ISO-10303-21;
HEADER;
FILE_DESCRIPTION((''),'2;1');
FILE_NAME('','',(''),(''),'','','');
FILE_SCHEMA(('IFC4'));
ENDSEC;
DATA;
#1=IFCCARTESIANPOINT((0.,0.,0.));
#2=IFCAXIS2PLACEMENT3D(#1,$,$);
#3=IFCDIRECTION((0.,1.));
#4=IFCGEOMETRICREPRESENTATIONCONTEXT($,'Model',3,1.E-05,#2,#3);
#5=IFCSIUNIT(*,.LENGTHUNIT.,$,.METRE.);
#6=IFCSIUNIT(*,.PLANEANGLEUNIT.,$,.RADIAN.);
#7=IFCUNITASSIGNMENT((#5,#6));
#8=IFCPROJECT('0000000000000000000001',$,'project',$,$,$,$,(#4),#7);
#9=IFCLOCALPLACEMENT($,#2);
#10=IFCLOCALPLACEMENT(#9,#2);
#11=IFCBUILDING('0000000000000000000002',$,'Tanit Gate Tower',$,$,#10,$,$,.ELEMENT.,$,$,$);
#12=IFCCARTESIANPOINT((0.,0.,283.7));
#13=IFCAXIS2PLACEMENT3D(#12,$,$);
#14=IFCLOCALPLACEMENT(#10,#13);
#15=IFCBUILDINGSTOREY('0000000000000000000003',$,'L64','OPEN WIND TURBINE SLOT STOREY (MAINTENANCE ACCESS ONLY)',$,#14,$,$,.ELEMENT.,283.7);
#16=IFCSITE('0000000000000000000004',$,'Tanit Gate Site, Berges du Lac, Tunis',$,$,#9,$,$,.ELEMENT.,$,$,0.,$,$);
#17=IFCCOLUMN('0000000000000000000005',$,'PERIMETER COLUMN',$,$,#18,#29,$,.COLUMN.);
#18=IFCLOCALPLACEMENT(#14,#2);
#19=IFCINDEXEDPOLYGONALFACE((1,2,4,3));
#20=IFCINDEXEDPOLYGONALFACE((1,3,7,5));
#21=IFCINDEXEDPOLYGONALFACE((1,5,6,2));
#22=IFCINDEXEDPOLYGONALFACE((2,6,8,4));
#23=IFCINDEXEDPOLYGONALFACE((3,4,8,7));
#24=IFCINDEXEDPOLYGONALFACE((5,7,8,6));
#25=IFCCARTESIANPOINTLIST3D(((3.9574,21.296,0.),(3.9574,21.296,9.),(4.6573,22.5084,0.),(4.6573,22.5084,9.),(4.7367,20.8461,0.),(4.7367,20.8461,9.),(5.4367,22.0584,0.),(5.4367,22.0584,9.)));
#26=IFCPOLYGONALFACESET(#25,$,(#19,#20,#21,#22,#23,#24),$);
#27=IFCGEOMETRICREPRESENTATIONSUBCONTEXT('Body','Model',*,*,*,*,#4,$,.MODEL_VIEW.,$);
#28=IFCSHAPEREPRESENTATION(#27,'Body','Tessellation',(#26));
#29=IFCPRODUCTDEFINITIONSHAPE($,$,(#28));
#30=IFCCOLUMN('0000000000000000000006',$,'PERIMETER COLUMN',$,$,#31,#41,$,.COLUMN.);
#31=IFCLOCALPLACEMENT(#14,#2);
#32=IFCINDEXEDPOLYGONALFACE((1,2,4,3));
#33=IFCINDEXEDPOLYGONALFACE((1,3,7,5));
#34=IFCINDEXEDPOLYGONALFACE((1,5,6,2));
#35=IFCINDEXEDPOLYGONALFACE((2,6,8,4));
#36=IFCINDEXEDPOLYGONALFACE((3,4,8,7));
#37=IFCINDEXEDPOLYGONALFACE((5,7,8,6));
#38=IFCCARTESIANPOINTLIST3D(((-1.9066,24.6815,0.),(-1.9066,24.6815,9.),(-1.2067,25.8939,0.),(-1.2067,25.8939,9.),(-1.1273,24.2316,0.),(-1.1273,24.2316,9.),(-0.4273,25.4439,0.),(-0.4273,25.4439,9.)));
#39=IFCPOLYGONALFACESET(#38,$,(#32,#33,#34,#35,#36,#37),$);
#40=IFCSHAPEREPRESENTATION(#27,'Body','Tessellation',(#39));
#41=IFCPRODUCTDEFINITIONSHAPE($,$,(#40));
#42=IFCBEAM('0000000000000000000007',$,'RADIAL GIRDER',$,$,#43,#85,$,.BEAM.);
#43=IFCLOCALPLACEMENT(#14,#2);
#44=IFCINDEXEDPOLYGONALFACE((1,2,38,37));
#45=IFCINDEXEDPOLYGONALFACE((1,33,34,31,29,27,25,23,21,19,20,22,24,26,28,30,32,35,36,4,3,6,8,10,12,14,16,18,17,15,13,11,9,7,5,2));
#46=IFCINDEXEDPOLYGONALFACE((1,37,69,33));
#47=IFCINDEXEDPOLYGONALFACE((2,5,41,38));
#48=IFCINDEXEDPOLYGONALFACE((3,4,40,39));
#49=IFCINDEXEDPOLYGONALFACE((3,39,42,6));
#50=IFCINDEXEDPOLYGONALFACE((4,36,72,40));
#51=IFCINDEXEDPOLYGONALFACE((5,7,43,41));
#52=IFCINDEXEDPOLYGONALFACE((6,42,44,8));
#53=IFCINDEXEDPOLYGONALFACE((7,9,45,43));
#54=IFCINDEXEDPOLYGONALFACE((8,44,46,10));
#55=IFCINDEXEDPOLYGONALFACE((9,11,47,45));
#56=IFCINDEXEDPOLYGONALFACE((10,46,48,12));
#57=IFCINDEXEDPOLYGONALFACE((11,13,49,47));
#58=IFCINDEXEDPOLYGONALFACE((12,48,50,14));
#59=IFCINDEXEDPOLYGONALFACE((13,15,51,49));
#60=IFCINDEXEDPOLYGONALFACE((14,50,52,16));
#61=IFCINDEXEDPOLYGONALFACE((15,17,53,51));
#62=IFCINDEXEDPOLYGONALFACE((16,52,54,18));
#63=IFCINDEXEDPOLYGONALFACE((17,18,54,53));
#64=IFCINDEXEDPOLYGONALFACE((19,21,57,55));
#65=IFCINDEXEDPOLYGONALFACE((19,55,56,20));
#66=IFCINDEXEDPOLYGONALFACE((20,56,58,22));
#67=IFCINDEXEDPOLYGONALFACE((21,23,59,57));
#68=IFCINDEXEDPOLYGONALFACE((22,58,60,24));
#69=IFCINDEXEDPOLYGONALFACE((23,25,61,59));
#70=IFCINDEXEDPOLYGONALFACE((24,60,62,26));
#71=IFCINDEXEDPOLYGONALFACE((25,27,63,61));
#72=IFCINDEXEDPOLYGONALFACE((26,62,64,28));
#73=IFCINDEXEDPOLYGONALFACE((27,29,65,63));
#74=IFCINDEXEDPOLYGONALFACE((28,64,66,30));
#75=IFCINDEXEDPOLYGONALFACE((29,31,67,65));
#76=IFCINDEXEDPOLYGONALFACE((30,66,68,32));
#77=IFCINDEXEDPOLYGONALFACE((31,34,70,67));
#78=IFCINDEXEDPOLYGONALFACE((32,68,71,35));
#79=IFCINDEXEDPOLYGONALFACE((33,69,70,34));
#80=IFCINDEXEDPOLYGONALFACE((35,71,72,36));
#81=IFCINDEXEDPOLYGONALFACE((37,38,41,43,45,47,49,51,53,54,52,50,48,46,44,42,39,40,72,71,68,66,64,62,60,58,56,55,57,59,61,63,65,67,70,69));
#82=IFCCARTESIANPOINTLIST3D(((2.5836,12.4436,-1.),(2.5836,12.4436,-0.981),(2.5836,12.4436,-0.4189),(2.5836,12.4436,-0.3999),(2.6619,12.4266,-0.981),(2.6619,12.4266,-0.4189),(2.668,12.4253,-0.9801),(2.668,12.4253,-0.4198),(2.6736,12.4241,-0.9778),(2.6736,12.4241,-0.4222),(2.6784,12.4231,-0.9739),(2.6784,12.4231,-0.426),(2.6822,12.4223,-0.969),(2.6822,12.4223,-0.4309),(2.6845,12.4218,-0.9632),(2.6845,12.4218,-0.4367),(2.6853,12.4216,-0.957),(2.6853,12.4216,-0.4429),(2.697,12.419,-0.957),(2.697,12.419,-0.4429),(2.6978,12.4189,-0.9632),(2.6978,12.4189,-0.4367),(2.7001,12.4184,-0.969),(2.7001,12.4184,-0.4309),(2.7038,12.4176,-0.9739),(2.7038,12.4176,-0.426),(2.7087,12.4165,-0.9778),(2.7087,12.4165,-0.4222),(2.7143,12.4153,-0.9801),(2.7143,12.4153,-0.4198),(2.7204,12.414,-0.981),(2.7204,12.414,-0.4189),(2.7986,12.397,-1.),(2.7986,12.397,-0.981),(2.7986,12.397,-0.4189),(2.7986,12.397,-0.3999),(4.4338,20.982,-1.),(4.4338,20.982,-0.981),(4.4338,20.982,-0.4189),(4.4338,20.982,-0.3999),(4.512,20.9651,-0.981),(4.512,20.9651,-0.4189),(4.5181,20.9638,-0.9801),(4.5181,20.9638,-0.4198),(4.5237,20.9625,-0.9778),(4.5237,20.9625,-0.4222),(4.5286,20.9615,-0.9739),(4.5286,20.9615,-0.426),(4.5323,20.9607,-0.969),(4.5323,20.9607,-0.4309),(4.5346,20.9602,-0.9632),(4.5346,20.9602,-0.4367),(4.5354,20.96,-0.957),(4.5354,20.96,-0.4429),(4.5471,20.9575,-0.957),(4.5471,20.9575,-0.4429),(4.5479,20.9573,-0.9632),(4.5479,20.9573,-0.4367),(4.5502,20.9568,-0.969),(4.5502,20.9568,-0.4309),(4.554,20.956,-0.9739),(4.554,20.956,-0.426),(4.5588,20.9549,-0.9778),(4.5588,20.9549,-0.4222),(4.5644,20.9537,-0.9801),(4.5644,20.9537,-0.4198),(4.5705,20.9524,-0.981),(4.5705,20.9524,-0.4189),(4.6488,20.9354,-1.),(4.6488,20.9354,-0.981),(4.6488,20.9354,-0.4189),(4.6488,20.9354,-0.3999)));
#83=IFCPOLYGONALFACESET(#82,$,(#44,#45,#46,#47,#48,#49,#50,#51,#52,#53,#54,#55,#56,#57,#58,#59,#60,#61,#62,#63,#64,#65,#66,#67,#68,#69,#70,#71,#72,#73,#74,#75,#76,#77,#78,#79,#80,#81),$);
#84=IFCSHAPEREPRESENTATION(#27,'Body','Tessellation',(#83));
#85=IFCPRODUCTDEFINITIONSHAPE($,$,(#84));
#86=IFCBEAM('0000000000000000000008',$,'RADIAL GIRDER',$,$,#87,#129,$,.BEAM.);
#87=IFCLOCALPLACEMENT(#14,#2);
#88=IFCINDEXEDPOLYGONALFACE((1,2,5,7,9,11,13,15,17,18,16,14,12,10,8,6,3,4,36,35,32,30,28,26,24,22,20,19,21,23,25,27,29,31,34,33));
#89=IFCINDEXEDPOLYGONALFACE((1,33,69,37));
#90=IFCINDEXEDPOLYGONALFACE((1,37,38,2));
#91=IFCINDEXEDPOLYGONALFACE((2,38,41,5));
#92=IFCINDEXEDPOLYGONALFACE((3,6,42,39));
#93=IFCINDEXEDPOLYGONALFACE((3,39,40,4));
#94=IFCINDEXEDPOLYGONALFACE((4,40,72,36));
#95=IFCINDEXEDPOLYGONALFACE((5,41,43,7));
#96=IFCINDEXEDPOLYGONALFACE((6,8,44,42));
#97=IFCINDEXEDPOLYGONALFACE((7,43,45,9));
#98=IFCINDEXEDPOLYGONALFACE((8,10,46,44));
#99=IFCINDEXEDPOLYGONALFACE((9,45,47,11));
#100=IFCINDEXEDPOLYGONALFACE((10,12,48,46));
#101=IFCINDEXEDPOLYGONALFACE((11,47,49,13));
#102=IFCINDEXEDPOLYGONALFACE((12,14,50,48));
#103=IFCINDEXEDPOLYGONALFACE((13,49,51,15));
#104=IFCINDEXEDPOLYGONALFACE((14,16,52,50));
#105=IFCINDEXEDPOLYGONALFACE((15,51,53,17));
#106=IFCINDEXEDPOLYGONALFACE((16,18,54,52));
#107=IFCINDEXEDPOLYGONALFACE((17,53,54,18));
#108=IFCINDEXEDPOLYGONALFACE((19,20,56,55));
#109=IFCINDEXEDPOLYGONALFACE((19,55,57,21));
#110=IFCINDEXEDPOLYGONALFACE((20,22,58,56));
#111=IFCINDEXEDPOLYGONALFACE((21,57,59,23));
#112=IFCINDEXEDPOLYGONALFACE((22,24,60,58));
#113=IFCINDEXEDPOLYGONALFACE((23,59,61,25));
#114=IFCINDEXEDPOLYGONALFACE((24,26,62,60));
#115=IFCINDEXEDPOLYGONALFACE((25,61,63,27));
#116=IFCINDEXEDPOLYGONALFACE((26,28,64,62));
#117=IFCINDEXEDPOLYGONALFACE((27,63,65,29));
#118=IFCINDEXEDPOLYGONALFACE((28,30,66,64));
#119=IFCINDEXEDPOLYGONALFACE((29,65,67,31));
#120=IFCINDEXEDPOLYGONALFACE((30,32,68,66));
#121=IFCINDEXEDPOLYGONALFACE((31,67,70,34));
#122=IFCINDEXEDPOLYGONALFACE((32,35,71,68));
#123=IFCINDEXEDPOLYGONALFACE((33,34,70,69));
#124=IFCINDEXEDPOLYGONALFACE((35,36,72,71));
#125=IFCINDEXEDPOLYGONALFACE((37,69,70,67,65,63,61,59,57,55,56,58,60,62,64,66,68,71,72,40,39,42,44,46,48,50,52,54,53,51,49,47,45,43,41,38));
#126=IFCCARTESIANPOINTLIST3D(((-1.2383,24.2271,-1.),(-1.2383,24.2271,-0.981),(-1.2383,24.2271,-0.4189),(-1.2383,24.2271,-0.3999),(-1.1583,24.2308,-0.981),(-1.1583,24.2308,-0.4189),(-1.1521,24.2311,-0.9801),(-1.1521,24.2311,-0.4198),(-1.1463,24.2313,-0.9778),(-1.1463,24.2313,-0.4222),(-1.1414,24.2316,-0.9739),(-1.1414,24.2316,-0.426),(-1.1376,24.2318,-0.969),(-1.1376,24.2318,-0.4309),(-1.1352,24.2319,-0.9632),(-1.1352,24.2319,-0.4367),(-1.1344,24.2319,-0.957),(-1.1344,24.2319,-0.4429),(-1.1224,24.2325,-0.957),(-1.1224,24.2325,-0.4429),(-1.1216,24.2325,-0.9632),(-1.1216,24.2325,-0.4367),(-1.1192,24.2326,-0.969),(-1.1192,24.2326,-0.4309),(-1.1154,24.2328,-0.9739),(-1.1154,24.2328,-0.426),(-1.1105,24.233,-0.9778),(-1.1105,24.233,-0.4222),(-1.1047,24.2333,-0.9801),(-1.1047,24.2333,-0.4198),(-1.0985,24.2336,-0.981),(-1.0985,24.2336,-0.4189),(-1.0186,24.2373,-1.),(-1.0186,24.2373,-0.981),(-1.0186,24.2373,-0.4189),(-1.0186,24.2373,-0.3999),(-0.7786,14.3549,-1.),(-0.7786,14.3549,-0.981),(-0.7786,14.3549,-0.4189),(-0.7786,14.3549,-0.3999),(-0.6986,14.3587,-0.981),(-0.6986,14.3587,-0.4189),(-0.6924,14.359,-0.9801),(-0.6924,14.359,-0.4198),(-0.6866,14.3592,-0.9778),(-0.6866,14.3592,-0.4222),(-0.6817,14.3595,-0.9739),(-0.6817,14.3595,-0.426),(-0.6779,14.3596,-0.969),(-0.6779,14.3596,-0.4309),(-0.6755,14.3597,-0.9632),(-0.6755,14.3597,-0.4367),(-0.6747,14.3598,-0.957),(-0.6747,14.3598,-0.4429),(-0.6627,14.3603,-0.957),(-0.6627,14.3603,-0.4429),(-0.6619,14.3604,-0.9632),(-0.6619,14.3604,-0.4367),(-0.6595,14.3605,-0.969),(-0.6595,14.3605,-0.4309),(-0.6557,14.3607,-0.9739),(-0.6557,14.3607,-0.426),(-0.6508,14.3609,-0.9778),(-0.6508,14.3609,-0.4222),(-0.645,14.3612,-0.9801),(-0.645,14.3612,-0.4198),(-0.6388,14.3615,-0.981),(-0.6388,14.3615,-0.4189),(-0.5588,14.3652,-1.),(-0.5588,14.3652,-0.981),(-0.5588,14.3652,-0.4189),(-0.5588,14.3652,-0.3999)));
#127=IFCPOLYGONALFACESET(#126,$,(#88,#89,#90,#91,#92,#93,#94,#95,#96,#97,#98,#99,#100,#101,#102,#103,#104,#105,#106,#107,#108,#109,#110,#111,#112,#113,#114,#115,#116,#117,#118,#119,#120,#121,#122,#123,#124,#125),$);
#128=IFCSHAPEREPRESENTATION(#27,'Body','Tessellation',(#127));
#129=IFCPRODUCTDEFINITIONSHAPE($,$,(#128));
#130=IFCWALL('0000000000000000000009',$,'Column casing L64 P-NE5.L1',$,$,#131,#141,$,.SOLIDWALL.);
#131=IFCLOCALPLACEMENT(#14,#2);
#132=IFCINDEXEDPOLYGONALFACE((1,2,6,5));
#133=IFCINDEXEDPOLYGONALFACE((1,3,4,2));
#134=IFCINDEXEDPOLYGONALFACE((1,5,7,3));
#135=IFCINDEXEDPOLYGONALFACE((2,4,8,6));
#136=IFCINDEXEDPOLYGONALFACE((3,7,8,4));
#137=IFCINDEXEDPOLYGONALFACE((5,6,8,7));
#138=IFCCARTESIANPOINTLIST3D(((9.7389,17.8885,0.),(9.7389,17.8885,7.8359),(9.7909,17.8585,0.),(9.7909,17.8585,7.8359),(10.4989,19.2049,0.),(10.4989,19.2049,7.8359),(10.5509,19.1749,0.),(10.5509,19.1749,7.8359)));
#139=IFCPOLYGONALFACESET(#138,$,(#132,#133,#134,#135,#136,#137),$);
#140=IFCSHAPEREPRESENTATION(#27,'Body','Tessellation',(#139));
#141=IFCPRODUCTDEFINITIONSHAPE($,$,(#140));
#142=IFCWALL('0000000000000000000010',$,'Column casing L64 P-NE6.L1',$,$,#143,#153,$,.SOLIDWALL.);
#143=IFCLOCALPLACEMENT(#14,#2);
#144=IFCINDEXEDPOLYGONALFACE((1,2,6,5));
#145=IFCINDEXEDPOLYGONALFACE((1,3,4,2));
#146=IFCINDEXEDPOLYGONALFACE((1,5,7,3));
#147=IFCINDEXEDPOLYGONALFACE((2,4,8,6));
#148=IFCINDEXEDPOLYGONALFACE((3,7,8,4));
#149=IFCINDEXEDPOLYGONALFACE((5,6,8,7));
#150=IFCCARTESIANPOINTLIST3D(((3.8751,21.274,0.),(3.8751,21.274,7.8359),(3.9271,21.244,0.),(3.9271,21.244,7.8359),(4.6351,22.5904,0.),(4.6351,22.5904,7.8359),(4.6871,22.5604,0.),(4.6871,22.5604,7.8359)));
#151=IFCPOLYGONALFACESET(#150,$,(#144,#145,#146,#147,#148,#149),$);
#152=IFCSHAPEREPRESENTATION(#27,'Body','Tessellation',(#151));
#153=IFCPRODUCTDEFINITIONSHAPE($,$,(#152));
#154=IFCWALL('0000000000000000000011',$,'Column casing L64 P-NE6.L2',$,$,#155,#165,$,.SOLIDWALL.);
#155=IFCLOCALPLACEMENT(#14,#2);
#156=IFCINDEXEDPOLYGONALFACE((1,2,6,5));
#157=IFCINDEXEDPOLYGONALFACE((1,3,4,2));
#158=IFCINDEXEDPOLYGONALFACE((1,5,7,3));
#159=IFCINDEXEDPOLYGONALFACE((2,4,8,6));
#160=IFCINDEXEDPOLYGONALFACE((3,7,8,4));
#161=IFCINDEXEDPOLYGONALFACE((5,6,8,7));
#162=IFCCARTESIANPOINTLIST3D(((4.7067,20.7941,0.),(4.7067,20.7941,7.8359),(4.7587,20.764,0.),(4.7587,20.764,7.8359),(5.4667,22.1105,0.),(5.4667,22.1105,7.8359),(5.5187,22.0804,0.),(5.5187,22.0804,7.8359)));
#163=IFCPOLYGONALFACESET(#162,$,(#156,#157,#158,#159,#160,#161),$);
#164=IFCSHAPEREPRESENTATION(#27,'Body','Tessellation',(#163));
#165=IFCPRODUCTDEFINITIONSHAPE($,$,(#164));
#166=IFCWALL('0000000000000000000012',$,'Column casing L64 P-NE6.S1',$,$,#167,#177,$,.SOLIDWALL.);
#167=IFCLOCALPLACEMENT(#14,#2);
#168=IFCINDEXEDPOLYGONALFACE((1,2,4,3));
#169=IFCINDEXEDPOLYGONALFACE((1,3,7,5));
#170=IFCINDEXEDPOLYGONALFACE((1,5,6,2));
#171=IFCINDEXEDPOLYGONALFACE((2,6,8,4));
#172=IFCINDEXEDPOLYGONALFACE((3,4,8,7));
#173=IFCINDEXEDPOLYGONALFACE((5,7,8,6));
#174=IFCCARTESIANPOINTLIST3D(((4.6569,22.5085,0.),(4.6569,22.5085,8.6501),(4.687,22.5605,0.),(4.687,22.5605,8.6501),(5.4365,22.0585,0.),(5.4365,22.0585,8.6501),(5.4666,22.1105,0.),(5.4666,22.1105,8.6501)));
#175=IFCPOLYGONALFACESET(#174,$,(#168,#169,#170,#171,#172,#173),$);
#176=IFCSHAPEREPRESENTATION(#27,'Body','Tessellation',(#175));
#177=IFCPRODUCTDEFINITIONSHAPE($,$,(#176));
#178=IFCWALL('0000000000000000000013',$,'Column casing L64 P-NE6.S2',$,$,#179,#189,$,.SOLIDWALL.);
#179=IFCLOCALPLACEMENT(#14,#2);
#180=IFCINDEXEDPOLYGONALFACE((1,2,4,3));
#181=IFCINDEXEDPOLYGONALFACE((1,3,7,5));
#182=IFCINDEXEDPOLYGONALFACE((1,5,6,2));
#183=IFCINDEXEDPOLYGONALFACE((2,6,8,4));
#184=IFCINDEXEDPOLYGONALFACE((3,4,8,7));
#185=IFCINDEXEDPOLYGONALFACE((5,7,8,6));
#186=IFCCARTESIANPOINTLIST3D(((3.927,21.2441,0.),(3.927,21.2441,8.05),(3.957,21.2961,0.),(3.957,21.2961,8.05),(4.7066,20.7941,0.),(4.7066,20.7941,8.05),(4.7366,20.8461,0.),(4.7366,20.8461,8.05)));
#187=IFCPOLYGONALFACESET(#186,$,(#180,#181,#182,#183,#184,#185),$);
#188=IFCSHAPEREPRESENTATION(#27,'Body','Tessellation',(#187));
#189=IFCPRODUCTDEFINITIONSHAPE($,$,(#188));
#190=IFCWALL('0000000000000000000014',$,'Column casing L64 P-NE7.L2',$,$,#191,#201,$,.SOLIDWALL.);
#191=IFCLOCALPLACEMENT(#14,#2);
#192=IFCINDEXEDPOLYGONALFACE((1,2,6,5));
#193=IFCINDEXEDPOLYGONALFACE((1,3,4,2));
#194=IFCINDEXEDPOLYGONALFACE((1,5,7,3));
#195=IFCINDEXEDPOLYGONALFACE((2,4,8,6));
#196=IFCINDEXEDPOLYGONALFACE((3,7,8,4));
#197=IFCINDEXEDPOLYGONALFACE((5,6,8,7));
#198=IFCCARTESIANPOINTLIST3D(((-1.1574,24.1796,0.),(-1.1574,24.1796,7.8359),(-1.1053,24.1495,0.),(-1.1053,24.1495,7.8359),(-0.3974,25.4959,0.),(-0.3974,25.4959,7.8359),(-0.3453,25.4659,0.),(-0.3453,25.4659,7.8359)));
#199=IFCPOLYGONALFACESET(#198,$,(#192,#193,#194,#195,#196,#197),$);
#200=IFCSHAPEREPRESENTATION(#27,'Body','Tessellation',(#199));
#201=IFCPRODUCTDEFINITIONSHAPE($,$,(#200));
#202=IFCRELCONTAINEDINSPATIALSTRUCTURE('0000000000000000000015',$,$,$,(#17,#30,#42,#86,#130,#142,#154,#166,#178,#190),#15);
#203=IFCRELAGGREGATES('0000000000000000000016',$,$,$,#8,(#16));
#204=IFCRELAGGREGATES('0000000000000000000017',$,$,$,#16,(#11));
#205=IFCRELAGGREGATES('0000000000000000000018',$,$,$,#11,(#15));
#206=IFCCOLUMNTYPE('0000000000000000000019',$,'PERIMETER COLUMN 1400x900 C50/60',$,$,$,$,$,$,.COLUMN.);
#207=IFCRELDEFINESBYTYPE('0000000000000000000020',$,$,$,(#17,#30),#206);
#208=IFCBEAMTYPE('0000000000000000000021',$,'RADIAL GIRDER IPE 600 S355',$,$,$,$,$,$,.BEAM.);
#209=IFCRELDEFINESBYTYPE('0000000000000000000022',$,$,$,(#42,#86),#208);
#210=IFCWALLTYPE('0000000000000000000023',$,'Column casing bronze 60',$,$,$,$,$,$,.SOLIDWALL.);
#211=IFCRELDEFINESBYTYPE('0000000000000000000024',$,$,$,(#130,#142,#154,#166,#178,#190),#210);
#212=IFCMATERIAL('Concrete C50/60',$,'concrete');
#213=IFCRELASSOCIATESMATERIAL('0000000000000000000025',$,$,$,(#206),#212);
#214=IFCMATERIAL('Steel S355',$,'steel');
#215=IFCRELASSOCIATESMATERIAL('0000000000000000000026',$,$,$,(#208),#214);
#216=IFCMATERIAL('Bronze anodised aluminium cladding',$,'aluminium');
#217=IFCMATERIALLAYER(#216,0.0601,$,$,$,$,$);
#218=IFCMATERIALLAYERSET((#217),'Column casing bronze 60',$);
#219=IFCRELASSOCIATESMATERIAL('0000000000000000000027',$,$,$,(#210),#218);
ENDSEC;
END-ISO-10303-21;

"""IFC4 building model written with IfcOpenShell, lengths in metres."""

from ifc_helpers import new_model, si_unit, direction, frame, frame_2d, origin, origin_2d, place, context, subcontext, project, spatial, rectangle, i_section, extrude, material, layer, layer_set, material_profile, profile_set, type_object, element, save


model = new_model("IFC4")

# Units and contexts
model_context = context("Model", 3, precision=1e-05, world=origin(), true_north=direction((0.0, 1.0)))
body_context = subcontext(model_context, "Body", "Model", "MODEL_VIEW")
ifc_project = project(units=[si_unit("LENGTHUNIT", "METRE"), si_unit("PLANEANGLEUNIT", "RADIAN")], contexts=[model_context])

# Site, building, storey
site_placement = place(None, origin())
site = spatial("IfcSite", under=ifc_project, at=site_placement, Name="Tanit Gate Site, Berges du Lac, Tunis", CompositionType="ELEMENT", RefElevation=0.0)
building_placement = place(site_placement, origin())
building = spatial("IfcBuilding", under=site, at=building_placement, Name="Tanit Gate Tower", CompositionType="ELEMENT")
storey_placement = place(building_placement, frame((0.0, 0.0, 283.7)))
storey = spatial("IfcBuildingStorey", under=building, at=storey_placement, Name="L64", Description="OPEN WIND TURBINE SLOT STOREY (MAINTENANCE ACCESS ONLY)", CompositionType="ELEMENT", Elevation=283.7)

# Columns
ifc_material_1 = material(Name="Concrete C50/60", Category="concrete")
ifc_material_profile_1 = material_profile(ifc_material_1, rectangle(XDim=1.3999, YDim=0.8999, at=origin_2d()), Name="RC 1400x900")
ifc_profile_set_1 = profile_set([ifc_material_profile_1], Name="Concrete C50/60")
column_type = type_object("IfcColumnType", Name="PERIMETER COLUMN 1400x900 C50/60", PredefinedType="COLUMN", material=ifc_profile_set_1)
for number, where, z_axis, x_axis, name in (
    (1, (4.697, 21.6772, 0.0), (0.0, 0.0, 1.0), (0.5, 0.866025, 0.0), "PERIMETER COLUMN"),
    (2, (-1.167, 25.0627, 0.0), (0.0, 0.0, 1.0), (0.5, 0.866025, 0.0), "PERIMETER COLUMN"),
):
    element("IfcColumn", number, at=place(storey_placement, frame(where, z_axis=z_axis, x_axis=x_axis)), inside=storey, type_object=column_type, Name=name, PredefinedType="COLUMN", context=body_context, shape_type="SweptSolid", body=[
        extrude(rectangle(XDim=1.3999, YDim=0.8999, at=origin_2d()), origin(), (0.0, 0.0, 1.0), 9.0),
    ])

# Beams
ifc_material_2 = material(Name="Steel S355", Category="steel")
ifc_material_profile_2 = material_profile(ifc_material_2, i_section(OverallWidth=0.22, OverallDepth=0.6001, WebThickness=0.012, FlangeThickness=0.019, FilletRadius=0.0239, at=origin_2d()), Name="IPE 600")
ifc_profile_set_2 = profile_set([ifc_material_profile_2], Name="Steel S355")
beam_type = type_object("IfcBeamType", Name="RADIAL GIRDER IPE 600 S355", PredefinedType="BEAM", material=ifc_profile_set_2)
beam_1_placement = place(storey_placement, frame((4.5413, 20.9587, -0.7), z_axis=(-0.211767, -0.97732, 0.0), x_axis=(0.97732, -0.211767, 0.0)))
element("IfcBeam", 3, at=beam_1_placement, inside=storey, type_object=beam_type, Name="RADIAL GIRDER", PredefinedType="BEAM", context=body_context, shape_type="SweptSolid", body=[
    extrude(i_section(OverallWidth=0.22, OverallDepth=0.6001, WebThickness=0.012, FlangeThickness=0.019, FilletRadius=0.0239, at=origin_2d()), origin(), (0.0, 0.0, 1.0), 8.7366),
])
beam_2_placement = place(storey_placement, frame((-1.1284, 24.2322, -0.7), z_axis=(0.046517, -0.998917, 0.0), x_axis=(0.998917, 0.046517, 0.0)))
element("IfcBeam", 4, at=beam_2_placement, inside=storey, type_object=beam_type, Name="RADIAL GIRDER", PredefinedType="BEAM", context=body_context, shape_type="SweptSolid", body=[
    extrude(i_section(OverallWidth=0.22, OverallDepth=0.6001, WebThickness=0.012, FlangeThickness=0.019, FilletRadius=0.0239, at=origin_2d()), origin(), (0.0, 0.0, 1.0), 9.8828),
])

# Walls
ifc_material_3 = material(Name="Bronze anodised aluminium cladding", Category="aluminium")
ifc_layer_1 = layer(ifc_material_3, 0.0601)
ifc_layer_set_1 = layer_set([ifc_layer_1], Name="Column casing bronze 60")
wall_type_1 = type_object("IfcWallType", Name="Column casing bronze 60", PredefinedType="SOLIDWALL", material=ifc_layer_set_1)
for number, where, z_axis, x_axis, name in (
    (5, (9.7649, 17.8735, 0.0), (0.0, 0.0, 1.0), (0.499991, 0.86603, 0.0), "Column casing L64 P-NE5.L1"),
    (6, (3.9011, 21.259, 0.0), (0.0, 0.0, 1.0), (0.499991, 0.86603, 0.0), "Column casing L64 P-NE6.L1"),
    (7, (4.7327, 20.7791, 0.0), (0.0, 0.0, 1.0), (0.499991, 0.86603, 0.0), "Column casing L64 P-NE6.L2"),
):
    element("IfcWall", number, at=place(storey_placement, frame(where, z_axis=z_axis, x_axis=x_axis)), inside=storey, type_object=wall_type_1, Name=name, PredefinedType="SOLIDWALL", context=body_context, shape_type="SweptSolid", body=[
        extrude(rectangle(XDim=1.52, YDim=0.0601, at=frame_2d((0.76, 0.0))), origin(), (0.0, 0.0, 1.0), 7.8359),
    ])
wall_1_placement = place(storey_placement, frame((5.4517, 22.0845, 0.0), z_axis=(0.0, 0.0, 1.0), x_axis=(-0.866082, 0.499902, 0.0)))
element("IfcWall", 8, at=wall_1_placement, inside=storey, type_object=wall_type_1, Name="Column casing L64 P-NE6.S1", PredefinedType="SOLIDWALL", context=body_context, shape_type="SweptSolid", body=[
    extrude(rectangle(XDim=0.9001, YDim=0.0601, at=frame_2d((0.4502, 0.0))), origin(), (0.0, 0.0, 1.0), 8.6501),
])
wall_2_placement = place(storey_placement, frame((4.7217, 20.8201, 0.0), z_axis=(0.0, 0.0, 1.0), x_axis=(-0.866082, 0.499902, 0.0)))
element("IfcWall", 9, at=wall_2_placement, inside=storey, type_object=wall_type_1, Name="Column casing L64 P-NE6.S2", PredefinedType="SOLIDWALL", context=body_context, shape_type="SweptSolid", body=[
    extrude(rectangle(XDim=0.9001, YDim=0.0601, at=frame_2d((0.4502, 0.0))), origin(), (0.0, 0.0, 1.0), 8.05),
])
wall_3_placement = place(storey_placement, frame((-1.1313, 24.1646, 0.0), z_axis=(0.0, 0.0, 1.0), x_axis=(0.499991, 0.86603, 0.0)))
element("IfcWall", 10, at=wall_3_placement, inside=storey, type_object=wall_type_1, Name="Column casing L64 P-NE7.L2", PredefinedType="SOLIDWALL", context=body_context, shape_type="SweptSolid", body=[
    extrude(rectangle(XDim=1.52, YDim=0.0601, at=frame_2d((0.76, 0.0))), origin(), (0.0, 0.0, 1.0), 7.8359),
])

save(model, "model.ifc")
